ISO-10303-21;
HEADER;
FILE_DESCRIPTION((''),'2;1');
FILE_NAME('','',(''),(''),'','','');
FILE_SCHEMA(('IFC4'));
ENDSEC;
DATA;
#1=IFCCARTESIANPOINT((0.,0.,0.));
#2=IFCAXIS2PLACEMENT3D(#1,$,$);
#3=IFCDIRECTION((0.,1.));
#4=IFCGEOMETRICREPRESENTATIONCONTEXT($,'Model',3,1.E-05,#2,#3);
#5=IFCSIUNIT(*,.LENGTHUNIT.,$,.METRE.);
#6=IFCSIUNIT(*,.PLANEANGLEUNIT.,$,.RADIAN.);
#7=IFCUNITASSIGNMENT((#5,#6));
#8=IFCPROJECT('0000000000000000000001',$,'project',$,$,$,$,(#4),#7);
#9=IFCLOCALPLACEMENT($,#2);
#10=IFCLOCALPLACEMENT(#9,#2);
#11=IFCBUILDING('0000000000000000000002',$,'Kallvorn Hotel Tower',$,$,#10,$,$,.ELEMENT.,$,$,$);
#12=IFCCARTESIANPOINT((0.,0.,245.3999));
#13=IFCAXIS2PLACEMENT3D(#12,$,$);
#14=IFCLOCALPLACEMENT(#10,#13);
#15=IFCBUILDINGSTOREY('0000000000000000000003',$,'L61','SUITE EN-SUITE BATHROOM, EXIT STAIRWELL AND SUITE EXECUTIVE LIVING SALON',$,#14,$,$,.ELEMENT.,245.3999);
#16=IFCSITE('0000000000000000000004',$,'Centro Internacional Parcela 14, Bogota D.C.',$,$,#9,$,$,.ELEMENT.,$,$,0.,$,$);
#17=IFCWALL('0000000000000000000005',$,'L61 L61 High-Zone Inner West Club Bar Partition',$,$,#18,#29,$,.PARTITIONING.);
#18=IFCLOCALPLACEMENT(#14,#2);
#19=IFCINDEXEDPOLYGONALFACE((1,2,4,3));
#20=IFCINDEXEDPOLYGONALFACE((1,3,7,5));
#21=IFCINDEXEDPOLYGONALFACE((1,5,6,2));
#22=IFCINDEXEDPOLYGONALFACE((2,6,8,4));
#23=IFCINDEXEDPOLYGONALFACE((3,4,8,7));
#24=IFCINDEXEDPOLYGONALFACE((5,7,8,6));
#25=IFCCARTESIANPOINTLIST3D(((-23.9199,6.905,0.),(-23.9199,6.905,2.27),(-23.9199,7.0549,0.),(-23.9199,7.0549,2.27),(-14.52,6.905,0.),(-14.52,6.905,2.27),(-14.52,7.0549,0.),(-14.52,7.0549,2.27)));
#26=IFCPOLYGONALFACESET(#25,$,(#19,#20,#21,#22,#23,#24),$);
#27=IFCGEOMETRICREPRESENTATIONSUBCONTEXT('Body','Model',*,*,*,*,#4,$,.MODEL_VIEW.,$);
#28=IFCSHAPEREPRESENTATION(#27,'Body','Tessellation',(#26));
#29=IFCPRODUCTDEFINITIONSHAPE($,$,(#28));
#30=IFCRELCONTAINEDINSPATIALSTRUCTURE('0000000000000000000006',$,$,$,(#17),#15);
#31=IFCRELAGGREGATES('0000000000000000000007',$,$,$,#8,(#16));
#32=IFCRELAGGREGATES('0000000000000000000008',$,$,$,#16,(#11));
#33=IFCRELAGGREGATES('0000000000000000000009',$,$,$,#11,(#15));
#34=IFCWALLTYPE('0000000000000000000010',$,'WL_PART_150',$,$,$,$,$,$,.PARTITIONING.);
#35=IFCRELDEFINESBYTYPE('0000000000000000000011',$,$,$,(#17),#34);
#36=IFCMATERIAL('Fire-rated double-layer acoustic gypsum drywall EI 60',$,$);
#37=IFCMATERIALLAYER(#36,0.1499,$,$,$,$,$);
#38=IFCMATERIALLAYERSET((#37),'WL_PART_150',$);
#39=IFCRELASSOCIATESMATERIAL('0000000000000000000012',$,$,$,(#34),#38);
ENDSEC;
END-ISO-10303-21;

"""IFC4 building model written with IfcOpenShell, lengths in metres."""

from ifc_helpers import new_model, si_unit, direction, frame, frame_2d, origin, place, context, subcontext, project, spatial, rectangle, extrude, material, layer, layer_set, type_object, element, save


model = new_model("IFC4")

# Units and contexts
model_context = context("Model", 3, precision=1e-05, world=origin(), true_north=direction((0.0, 1.0)))
body_context = subcontext(model_context, "Body", "Model", "MODEL_VIEW")
ifc_project = project(units=[si_unit("LENGTHUNIT", "METRE"), si_unit("PLANEANGLEUNIT", "RADIAN")], contexts=[model_context])

# Site, building, storey
site_placement = place(None, origin())
site = spatial("IfcSite", under=ifc_project, at=site_placement, Name="Centro Internacional Parcela 14, Bogota D.C.", CompositionType="ELEMENT", RefElevation=0.0)
building_placement = place(site_placement, origin())
building = spatial("IfcBuilding", under=site, at=building_placement, Name="Kallvorn Hotel Tower", CompositionType="ELEMENT")
storey_placement = place(building_placement, frame((0.0, 0.0, 245.3999)))
storey = spatial("IfcBuildingStorey", under=building, at=storey_placement, Name="L61", Description="SUITE EN-SUITE BATHROOM, EXIT STAIRWELL AND SUITE EXECUTIVE LIVING SALON", CompositionType="ELEMENT", Elevation=245.3999)

# Wall
ifc_material_1 = material(Name="Fire-rated double-layer acoustic gypsum drywall EI 60")
ifc_layer_1 = layer(ifc_material_1, 0.1499)
ifc_layer_set_1 = layer_set([ifc_layer_1], Name="WL_PART_150")
wall_type = type_object("IfcWallType", Name="WL_PART_150", PredefinedType="PARTITIONING", material=ifc_layer_set_1)
wall_placement = place(storey_placement, frame((-23.9199, 6.98, 0.0), z_axis=(0.0, 0.0, 1.0), x_axis=(1.0, 0.0, 0.0)))
element("IfcWall", 1, at=wall_placement, inside=storey, type_object=wall_type, Name="L61 L61 High-Zone Inner West Club Bar Partition", PredefinedType="PARTITIONING", context=body_context, shape_type="SweptSolid", body=[
    extrude(rectangle(XDim=9.3999, YDim=0.1499, at=frame_2d((4.7, 0.0))), origin(), (0.0, 0.0, 1.0), 2.27),
])

save(model, "model.ifc")
